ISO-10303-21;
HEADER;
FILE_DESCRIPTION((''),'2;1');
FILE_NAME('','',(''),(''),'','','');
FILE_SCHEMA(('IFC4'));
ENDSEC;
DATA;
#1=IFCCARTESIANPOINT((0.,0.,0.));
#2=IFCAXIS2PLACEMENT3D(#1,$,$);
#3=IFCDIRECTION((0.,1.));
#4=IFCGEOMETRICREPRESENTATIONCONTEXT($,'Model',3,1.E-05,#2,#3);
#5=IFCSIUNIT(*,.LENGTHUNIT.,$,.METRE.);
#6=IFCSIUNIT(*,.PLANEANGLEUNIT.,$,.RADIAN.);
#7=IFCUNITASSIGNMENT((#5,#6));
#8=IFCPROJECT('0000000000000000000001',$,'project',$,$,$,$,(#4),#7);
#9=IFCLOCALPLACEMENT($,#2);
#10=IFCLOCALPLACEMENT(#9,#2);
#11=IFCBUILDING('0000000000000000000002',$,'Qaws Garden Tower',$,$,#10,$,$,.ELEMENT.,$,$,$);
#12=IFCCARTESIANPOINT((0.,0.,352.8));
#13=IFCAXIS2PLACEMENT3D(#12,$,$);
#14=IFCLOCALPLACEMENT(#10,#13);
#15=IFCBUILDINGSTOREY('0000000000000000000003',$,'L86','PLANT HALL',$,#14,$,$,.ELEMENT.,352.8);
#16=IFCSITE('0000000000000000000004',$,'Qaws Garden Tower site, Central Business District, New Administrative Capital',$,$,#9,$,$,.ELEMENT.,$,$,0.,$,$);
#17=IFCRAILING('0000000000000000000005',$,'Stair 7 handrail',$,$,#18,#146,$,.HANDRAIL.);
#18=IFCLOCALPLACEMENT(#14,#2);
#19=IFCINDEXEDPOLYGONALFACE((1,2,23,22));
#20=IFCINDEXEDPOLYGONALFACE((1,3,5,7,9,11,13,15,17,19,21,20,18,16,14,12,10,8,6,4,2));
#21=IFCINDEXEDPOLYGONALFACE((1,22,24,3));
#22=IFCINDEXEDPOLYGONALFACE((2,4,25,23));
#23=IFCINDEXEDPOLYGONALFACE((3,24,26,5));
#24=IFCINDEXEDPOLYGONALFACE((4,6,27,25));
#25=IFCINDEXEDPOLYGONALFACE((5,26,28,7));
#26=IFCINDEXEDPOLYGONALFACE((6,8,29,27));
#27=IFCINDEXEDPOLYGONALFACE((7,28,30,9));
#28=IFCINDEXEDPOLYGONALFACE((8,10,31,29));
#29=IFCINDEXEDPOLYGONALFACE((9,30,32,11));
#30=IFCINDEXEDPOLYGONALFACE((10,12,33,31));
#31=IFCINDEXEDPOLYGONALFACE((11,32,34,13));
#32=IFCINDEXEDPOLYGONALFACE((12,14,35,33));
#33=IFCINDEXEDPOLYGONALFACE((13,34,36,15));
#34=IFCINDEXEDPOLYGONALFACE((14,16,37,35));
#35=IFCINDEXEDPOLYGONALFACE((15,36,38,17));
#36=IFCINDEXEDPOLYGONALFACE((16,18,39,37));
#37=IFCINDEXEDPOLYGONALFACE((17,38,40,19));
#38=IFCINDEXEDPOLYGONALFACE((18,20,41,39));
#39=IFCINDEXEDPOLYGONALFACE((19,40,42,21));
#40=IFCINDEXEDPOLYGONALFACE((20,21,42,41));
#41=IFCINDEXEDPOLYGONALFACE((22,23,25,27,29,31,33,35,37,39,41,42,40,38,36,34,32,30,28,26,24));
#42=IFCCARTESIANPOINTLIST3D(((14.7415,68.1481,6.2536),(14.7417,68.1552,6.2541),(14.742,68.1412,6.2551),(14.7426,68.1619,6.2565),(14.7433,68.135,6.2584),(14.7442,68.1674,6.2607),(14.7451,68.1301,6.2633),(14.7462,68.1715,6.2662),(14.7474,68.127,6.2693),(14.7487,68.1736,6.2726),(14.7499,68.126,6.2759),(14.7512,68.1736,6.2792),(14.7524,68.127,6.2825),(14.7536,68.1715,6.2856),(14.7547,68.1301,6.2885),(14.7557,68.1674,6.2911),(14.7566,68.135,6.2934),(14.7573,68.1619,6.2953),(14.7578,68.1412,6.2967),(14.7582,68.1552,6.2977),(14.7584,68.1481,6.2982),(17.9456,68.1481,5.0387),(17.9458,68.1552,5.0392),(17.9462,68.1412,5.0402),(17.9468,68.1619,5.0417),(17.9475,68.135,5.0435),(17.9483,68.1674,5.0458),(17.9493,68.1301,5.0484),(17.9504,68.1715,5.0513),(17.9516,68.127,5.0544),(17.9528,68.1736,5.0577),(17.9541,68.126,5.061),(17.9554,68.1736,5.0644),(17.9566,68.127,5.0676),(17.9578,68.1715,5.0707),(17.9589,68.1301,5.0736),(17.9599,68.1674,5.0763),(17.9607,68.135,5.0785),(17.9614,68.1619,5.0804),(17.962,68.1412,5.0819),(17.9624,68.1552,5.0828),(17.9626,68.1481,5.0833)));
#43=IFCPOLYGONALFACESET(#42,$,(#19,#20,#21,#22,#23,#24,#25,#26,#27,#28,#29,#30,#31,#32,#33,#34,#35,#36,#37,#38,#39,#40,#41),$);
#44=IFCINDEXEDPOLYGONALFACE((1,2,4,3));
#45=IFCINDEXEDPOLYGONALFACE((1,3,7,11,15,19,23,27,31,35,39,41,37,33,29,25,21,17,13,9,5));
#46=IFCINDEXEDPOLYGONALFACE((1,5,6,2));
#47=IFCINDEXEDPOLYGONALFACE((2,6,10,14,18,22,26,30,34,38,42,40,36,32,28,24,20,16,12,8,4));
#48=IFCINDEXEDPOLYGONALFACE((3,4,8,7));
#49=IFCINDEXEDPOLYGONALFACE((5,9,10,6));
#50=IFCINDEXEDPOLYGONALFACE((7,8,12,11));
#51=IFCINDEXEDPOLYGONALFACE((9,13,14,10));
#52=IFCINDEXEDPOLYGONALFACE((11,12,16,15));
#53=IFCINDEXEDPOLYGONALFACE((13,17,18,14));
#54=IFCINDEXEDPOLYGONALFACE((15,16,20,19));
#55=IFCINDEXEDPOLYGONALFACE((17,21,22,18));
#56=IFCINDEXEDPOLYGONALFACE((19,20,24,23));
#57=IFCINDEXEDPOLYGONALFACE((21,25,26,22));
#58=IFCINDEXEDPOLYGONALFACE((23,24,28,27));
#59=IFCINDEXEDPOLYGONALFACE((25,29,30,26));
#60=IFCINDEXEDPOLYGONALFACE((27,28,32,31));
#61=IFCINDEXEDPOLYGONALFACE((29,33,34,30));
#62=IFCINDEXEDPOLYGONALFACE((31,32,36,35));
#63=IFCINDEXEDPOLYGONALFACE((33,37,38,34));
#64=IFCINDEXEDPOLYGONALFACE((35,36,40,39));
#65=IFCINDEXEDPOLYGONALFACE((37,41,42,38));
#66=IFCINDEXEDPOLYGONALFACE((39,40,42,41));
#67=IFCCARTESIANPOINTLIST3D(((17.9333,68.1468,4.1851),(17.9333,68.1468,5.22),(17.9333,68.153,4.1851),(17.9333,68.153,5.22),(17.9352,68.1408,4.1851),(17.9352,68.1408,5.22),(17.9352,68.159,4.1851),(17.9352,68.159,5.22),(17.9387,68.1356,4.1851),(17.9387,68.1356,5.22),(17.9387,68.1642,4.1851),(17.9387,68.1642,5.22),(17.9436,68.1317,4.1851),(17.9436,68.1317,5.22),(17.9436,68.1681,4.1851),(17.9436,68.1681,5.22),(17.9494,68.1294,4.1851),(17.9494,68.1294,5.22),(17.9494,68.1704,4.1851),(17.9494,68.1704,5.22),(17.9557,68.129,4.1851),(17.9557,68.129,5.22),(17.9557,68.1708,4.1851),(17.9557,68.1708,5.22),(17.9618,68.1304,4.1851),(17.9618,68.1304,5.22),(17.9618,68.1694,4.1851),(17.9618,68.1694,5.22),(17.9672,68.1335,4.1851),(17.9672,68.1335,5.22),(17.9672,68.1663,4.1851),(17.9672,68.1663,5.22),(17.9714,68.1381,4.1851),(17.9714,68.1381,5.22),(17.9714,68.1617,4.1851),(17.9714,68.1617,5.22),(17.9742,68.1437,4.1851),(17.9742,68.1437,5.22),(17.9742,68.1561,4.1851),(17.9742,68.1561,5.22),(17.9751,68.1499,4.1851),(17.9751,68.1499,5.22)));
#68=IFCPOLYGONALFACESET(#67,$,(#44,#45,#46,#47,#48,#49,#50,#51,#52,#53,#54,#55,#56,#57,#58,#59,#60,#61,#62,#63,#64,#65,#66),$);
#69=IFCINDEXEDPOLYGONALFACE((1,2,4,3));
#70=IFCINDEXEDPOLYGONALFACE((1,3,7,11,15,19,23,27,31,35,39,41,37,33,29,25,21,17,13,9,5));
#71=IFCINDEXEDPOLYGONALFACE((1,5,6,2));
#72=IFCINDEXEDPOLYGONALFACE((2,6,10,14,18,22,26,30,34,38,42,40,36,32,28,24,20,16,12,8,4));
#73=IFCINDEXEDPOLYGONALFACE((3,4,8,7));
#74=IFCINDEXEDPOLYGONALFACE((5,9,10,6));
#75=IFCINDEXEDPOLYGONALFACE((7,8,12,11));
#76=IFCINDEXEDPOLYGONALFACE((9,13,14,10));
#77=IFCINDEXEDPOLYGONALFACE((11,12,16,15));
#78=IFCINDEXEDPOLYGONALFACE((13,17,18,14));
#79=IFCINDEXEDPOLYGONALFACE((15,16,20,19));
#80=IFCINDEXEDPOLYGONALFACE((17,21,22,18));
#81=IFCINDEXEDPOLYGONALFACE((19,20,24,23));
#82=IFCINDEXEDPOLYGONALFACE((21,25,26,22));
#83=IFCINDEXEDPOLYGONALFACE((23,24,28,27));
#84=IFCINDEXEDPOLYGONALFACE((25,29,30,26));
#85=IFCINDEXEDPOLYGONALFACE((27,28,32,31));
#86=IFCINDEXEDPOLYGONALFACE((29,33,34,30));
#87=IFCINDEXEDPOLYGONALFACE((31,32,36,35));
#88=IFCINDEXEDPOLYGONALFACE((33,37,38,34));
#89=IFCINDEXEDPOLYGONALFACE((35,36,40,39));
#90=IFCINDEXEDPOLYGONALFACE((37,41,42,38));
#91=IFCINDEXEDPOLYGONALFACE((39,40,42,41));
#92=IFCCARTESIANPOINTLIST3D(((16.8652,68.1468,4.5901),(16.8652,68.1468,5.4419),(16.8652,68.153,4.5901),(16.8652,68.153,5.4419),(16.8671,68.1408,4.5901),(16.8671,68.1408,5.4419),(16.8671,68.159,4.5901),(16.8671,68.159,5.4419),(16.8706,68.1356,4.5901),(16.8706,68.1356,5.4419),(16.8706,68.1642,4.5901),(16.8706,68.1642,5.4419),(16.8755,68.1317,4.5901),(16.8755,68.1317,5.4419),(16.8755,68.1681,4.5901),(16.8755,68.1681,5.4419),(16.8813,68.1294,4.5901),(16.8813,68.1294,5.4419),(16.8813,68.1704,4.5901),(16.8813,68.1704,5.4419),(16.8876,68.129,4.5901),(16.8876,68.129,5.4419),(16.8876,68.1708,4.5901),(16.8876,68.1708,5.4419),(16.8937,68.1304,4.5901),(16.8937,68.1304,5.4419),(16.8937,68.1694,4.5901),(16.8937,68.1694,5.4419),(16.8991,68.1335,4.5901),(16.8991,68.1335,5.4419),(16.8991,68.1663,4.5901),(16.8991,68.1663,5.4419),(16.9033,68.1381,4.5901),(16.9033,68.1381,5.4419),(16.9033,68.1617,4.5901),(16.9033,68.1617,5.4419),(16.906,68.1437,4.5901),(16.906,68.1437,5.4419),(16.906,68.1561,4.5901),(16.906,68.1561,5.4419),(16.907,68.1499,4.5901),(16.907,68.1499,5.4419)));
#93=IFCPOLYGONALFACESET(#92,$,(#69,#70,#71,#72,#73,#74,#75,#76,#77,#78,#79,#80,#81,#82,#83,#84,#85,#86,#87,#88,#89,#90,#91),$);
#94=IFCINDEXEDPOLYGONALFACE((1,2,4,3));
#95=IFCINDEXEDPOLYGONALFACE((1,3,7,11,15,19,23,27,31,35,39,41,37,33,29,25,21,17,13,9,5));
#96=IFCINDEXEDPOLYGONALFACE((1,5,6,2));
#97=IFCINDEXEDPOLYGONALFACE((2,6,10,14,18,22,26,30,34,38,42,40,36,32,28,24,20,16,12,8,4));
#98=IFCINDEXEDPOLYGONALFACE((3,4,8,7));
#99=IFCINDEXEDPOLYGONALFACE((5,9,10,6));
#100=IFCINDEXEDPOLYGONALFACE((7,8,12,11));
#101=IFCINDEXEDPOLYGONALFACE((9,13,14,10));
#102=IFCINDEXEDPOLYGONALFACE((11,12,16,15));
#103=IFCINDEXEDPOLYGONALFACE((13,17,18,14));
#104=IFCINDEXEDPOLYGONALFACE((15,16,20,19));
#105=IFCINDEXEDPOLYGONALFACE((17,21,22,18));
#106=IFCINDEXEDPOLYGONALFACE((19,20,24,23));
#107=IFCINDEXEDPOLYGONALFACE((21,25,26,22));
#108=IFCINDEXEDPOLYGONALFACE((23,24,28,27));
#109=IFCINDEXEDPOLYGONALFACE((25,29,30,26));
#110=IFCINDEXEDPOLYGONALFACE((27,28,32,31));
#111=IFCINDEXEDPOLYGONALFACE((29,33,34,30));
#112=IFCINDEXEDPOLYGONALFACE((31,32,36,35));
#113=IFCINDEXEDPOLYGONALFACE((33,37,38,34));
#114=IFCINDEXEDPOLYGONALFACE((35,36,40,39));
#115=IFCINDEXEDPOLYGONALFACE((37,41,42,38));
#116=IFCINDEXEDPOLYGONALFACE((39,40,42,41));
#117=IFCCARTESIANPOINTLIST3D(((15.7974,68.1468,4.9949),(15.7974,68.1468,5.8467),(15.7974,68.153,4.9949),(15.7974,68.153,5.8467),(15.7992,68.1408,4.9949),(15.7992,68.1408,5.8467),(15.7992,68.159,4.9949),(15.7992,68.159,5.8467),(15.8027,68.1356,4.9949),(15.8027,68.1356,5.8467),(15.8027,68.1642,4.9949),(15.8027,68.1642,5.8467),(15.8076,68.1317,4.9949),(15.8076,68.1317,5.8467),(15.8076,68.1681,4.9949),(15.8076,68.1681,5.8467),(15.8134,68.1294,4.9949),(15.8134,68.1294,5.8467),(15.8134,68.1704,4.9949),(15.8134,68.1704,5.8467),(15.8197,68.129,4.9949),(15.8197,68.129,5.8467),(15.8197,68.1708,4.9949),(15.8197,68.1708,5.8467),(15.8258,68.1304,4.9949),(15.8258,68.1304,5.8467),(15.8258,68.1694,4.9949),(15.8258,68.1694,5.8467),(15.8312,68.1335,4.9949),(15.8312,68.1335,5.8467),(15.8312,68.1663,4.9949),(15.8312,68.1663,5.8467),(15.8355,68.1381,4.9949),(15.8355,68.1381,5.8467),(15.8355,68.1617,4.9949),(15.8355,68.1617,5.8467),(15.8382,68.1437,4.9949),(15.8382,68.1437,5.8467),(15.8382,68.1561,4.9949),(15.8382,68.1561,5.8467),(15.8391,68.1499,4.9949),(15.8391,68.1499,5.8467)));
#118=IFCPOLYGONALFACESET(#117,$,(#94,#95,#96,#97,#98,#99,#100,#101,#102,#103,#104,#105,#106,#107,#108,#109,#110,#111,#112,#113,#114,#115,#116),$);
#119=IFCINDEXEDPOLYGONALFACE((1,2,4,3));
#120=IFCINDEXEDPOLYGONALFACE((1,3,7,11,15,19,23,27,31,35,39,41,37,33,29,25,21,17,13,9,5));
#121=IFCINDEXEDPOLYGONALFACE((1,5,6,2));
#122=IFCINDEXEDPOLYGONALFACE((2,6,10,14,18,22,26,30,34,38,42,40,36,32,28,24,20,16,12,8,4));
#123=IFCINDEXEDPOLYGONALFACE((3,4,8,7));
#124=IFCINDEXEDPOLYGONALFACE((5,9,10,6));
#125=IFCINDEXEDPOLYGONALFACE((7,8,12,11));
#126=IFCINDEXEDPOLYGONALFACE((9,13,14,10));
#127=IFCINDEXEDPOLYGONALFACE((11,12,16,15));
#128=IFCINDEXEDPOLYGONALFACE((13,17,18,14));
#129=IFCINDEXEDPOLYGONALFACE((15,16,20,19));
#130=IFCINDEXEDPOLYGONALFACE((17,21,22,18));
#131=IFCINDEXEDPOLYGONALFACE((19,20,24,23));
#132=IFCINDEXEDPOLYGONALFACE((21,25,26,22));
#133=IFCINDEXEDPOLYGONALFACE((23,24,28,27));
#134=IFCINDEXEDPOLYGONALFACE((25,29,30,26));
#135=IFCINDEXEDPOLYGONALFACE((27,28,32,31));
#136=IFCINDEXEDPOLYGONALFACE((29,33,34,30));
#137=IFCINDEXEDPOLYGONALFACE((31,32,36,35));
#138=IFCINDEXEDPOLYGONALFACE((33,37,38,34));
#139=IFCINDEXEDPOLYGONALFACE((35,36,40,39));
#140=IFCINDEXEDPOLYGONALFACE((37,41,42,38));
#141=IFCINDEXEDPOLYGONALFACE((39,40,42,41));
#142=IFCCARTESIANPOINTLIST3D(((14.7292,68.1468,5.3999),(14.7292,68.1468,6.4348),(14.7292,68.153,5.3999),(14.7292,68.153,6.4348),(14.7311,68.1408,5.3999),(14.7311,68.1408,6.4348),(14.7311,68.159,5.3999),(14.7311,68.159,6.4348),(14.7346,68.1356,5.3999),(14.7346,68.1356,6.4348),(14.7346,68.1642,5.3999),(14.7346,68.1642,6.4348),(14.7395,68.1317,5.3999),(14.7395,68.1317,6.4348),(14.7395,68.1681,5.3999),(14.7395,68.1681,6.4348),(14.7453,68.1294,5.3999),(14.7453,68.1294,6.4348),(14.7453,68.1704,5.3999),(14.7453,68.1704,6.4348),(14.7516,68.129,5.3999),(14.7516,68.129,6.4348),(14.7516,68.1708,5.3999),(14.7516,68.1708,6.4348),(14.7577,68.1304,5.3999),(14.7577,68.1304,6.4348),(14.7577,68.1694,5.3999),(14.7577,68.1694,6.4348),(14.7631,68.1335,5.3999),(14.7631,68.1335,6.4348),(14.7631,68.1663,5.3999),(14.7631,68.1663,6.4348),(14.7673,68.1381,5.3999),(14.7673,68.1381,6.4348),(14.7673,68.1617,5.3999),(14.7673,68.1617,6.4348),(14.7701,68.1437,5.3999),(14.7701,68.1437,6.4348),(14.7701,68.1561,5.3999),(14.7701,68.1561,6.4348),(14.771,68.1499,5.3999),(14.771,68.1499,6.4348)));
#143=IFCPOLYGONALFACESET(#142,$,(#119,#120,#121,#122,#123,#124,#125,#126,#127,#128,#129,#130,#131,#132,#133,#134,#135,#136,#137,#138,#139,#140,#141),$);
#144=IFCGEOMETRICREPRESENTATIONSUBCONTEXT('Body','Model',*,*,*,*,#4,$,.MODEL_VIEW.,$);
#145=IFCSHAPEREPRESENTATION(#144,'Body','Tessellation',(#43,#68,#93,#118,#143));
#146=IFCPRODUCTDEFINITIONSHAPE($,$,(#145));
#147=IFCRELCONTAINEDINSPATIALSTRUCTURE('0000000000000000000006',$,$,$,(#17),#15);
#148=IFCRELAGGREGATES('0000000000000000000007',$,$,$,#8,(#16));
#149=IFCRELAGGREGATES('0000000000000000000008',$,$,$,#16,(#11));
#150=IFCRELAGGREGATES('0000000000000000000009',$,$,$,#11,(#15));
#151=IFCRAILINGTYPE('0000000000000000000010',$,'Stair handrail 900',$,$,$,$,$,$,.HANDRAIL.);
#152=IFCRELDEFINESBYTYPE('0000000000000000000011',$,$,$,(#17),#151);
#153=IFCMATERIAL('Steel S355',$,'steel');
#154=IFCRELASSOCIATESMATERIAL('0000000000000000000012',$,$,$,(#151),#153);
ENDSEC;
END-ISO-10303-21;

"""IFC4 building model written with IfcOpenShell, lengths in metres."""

from ifc_helpers import new_model, si_unit, direction, frame, origin, origin_2d, place, context, subcontext, project, spatial, circle, extrude, material, type_object, element, save


model = new_model("IFC4")

# Units and contexts
model_context = context("Model", 3, precision=1e-05, world=origin(), true_north=direction((0.0, 1.0)))
body_context = subcontext(model_context, "Body", "Model", "MODEL_VIEW")
ifc_project = project(units=[si_unit("LENGTHUNIT", "METRE"), si_unit("PLANEANGLEUNIT", "RADIAN")], contexts=[model_context])

# Site, building, storey
site_placement = place(None, origin())
site = spatial("IfcSite", under=ifc_project, at=site_placement, Name="Qaws Garden Tower site, Central Business District, New Administrative Capital", CompositionType="ELEMENT", RefElevation=0.0)
building_placement = place(site_placement, origin())
building = spatial("IfcBuilding", under=site, at=building_placement, Name="Qaws Garden Tower", CompositionType="ELEMENT")
storey_placement = place(building_placement, frame((0.0, 0.0, 352.8)))
storey = spatial("IfcBuildingStorey", under=building, at=storey_placement, Name="L86", Description="PLANT HALL", CompositionType="ELEMENT", Elevation=352.8)

# Railing
ifc_material_1 = material(Name="Steel S355", Category="steel")
railing_type = type_object("IfcRailingType", Name="Stair handrail 900", PredefinedType="HANDRAIL", material=ifc_material_1)
railing_1_placement = place(storey_placement, frame((17.9541, 68.1499, 4.1851)))
element("IfcRailing", 1, at=railing_1_placement, inside=storey, type_object=railing_type, Name="Stair 7 handrail", PredefinedType="HANDRAIL", context=body_context, shape_type="SweptSolid", body=[
    extrude(circle(Radius=0.0239, at=origin_2d()), frame((0.0, 0.0, 0.876), z_axis=(-0.935046, 0.0, 0.354525), x_axis=(0.0, -1.0, 0.0)), (0.0, 0.0, 1.0), 3.4268),
    extrude(circle(Radius=0.021, at=origin_2d()), origin(), (0.0, 0.0, 1.0), 1.0349),
    extrude(circle(Radius=0.021, at=origin_2d()), frame((-1.0681, 0.0, 0.405)), (0.0, 0.0, 1.0), 0.8518),
    extrude(circle(Radius=0.021, at=origin_2d()), frame((-2.136, 0.0, 0.8098)), (0.0, 0.0, 1.0), 0.8518),
    extrude(circle(Radius=0.021, at=origin_2d()), frame((-3.2041, 0.0, 1.2148)), (0.0, 0.0, 1.0), 1.0349),
])

save(model, "model.ifc")
